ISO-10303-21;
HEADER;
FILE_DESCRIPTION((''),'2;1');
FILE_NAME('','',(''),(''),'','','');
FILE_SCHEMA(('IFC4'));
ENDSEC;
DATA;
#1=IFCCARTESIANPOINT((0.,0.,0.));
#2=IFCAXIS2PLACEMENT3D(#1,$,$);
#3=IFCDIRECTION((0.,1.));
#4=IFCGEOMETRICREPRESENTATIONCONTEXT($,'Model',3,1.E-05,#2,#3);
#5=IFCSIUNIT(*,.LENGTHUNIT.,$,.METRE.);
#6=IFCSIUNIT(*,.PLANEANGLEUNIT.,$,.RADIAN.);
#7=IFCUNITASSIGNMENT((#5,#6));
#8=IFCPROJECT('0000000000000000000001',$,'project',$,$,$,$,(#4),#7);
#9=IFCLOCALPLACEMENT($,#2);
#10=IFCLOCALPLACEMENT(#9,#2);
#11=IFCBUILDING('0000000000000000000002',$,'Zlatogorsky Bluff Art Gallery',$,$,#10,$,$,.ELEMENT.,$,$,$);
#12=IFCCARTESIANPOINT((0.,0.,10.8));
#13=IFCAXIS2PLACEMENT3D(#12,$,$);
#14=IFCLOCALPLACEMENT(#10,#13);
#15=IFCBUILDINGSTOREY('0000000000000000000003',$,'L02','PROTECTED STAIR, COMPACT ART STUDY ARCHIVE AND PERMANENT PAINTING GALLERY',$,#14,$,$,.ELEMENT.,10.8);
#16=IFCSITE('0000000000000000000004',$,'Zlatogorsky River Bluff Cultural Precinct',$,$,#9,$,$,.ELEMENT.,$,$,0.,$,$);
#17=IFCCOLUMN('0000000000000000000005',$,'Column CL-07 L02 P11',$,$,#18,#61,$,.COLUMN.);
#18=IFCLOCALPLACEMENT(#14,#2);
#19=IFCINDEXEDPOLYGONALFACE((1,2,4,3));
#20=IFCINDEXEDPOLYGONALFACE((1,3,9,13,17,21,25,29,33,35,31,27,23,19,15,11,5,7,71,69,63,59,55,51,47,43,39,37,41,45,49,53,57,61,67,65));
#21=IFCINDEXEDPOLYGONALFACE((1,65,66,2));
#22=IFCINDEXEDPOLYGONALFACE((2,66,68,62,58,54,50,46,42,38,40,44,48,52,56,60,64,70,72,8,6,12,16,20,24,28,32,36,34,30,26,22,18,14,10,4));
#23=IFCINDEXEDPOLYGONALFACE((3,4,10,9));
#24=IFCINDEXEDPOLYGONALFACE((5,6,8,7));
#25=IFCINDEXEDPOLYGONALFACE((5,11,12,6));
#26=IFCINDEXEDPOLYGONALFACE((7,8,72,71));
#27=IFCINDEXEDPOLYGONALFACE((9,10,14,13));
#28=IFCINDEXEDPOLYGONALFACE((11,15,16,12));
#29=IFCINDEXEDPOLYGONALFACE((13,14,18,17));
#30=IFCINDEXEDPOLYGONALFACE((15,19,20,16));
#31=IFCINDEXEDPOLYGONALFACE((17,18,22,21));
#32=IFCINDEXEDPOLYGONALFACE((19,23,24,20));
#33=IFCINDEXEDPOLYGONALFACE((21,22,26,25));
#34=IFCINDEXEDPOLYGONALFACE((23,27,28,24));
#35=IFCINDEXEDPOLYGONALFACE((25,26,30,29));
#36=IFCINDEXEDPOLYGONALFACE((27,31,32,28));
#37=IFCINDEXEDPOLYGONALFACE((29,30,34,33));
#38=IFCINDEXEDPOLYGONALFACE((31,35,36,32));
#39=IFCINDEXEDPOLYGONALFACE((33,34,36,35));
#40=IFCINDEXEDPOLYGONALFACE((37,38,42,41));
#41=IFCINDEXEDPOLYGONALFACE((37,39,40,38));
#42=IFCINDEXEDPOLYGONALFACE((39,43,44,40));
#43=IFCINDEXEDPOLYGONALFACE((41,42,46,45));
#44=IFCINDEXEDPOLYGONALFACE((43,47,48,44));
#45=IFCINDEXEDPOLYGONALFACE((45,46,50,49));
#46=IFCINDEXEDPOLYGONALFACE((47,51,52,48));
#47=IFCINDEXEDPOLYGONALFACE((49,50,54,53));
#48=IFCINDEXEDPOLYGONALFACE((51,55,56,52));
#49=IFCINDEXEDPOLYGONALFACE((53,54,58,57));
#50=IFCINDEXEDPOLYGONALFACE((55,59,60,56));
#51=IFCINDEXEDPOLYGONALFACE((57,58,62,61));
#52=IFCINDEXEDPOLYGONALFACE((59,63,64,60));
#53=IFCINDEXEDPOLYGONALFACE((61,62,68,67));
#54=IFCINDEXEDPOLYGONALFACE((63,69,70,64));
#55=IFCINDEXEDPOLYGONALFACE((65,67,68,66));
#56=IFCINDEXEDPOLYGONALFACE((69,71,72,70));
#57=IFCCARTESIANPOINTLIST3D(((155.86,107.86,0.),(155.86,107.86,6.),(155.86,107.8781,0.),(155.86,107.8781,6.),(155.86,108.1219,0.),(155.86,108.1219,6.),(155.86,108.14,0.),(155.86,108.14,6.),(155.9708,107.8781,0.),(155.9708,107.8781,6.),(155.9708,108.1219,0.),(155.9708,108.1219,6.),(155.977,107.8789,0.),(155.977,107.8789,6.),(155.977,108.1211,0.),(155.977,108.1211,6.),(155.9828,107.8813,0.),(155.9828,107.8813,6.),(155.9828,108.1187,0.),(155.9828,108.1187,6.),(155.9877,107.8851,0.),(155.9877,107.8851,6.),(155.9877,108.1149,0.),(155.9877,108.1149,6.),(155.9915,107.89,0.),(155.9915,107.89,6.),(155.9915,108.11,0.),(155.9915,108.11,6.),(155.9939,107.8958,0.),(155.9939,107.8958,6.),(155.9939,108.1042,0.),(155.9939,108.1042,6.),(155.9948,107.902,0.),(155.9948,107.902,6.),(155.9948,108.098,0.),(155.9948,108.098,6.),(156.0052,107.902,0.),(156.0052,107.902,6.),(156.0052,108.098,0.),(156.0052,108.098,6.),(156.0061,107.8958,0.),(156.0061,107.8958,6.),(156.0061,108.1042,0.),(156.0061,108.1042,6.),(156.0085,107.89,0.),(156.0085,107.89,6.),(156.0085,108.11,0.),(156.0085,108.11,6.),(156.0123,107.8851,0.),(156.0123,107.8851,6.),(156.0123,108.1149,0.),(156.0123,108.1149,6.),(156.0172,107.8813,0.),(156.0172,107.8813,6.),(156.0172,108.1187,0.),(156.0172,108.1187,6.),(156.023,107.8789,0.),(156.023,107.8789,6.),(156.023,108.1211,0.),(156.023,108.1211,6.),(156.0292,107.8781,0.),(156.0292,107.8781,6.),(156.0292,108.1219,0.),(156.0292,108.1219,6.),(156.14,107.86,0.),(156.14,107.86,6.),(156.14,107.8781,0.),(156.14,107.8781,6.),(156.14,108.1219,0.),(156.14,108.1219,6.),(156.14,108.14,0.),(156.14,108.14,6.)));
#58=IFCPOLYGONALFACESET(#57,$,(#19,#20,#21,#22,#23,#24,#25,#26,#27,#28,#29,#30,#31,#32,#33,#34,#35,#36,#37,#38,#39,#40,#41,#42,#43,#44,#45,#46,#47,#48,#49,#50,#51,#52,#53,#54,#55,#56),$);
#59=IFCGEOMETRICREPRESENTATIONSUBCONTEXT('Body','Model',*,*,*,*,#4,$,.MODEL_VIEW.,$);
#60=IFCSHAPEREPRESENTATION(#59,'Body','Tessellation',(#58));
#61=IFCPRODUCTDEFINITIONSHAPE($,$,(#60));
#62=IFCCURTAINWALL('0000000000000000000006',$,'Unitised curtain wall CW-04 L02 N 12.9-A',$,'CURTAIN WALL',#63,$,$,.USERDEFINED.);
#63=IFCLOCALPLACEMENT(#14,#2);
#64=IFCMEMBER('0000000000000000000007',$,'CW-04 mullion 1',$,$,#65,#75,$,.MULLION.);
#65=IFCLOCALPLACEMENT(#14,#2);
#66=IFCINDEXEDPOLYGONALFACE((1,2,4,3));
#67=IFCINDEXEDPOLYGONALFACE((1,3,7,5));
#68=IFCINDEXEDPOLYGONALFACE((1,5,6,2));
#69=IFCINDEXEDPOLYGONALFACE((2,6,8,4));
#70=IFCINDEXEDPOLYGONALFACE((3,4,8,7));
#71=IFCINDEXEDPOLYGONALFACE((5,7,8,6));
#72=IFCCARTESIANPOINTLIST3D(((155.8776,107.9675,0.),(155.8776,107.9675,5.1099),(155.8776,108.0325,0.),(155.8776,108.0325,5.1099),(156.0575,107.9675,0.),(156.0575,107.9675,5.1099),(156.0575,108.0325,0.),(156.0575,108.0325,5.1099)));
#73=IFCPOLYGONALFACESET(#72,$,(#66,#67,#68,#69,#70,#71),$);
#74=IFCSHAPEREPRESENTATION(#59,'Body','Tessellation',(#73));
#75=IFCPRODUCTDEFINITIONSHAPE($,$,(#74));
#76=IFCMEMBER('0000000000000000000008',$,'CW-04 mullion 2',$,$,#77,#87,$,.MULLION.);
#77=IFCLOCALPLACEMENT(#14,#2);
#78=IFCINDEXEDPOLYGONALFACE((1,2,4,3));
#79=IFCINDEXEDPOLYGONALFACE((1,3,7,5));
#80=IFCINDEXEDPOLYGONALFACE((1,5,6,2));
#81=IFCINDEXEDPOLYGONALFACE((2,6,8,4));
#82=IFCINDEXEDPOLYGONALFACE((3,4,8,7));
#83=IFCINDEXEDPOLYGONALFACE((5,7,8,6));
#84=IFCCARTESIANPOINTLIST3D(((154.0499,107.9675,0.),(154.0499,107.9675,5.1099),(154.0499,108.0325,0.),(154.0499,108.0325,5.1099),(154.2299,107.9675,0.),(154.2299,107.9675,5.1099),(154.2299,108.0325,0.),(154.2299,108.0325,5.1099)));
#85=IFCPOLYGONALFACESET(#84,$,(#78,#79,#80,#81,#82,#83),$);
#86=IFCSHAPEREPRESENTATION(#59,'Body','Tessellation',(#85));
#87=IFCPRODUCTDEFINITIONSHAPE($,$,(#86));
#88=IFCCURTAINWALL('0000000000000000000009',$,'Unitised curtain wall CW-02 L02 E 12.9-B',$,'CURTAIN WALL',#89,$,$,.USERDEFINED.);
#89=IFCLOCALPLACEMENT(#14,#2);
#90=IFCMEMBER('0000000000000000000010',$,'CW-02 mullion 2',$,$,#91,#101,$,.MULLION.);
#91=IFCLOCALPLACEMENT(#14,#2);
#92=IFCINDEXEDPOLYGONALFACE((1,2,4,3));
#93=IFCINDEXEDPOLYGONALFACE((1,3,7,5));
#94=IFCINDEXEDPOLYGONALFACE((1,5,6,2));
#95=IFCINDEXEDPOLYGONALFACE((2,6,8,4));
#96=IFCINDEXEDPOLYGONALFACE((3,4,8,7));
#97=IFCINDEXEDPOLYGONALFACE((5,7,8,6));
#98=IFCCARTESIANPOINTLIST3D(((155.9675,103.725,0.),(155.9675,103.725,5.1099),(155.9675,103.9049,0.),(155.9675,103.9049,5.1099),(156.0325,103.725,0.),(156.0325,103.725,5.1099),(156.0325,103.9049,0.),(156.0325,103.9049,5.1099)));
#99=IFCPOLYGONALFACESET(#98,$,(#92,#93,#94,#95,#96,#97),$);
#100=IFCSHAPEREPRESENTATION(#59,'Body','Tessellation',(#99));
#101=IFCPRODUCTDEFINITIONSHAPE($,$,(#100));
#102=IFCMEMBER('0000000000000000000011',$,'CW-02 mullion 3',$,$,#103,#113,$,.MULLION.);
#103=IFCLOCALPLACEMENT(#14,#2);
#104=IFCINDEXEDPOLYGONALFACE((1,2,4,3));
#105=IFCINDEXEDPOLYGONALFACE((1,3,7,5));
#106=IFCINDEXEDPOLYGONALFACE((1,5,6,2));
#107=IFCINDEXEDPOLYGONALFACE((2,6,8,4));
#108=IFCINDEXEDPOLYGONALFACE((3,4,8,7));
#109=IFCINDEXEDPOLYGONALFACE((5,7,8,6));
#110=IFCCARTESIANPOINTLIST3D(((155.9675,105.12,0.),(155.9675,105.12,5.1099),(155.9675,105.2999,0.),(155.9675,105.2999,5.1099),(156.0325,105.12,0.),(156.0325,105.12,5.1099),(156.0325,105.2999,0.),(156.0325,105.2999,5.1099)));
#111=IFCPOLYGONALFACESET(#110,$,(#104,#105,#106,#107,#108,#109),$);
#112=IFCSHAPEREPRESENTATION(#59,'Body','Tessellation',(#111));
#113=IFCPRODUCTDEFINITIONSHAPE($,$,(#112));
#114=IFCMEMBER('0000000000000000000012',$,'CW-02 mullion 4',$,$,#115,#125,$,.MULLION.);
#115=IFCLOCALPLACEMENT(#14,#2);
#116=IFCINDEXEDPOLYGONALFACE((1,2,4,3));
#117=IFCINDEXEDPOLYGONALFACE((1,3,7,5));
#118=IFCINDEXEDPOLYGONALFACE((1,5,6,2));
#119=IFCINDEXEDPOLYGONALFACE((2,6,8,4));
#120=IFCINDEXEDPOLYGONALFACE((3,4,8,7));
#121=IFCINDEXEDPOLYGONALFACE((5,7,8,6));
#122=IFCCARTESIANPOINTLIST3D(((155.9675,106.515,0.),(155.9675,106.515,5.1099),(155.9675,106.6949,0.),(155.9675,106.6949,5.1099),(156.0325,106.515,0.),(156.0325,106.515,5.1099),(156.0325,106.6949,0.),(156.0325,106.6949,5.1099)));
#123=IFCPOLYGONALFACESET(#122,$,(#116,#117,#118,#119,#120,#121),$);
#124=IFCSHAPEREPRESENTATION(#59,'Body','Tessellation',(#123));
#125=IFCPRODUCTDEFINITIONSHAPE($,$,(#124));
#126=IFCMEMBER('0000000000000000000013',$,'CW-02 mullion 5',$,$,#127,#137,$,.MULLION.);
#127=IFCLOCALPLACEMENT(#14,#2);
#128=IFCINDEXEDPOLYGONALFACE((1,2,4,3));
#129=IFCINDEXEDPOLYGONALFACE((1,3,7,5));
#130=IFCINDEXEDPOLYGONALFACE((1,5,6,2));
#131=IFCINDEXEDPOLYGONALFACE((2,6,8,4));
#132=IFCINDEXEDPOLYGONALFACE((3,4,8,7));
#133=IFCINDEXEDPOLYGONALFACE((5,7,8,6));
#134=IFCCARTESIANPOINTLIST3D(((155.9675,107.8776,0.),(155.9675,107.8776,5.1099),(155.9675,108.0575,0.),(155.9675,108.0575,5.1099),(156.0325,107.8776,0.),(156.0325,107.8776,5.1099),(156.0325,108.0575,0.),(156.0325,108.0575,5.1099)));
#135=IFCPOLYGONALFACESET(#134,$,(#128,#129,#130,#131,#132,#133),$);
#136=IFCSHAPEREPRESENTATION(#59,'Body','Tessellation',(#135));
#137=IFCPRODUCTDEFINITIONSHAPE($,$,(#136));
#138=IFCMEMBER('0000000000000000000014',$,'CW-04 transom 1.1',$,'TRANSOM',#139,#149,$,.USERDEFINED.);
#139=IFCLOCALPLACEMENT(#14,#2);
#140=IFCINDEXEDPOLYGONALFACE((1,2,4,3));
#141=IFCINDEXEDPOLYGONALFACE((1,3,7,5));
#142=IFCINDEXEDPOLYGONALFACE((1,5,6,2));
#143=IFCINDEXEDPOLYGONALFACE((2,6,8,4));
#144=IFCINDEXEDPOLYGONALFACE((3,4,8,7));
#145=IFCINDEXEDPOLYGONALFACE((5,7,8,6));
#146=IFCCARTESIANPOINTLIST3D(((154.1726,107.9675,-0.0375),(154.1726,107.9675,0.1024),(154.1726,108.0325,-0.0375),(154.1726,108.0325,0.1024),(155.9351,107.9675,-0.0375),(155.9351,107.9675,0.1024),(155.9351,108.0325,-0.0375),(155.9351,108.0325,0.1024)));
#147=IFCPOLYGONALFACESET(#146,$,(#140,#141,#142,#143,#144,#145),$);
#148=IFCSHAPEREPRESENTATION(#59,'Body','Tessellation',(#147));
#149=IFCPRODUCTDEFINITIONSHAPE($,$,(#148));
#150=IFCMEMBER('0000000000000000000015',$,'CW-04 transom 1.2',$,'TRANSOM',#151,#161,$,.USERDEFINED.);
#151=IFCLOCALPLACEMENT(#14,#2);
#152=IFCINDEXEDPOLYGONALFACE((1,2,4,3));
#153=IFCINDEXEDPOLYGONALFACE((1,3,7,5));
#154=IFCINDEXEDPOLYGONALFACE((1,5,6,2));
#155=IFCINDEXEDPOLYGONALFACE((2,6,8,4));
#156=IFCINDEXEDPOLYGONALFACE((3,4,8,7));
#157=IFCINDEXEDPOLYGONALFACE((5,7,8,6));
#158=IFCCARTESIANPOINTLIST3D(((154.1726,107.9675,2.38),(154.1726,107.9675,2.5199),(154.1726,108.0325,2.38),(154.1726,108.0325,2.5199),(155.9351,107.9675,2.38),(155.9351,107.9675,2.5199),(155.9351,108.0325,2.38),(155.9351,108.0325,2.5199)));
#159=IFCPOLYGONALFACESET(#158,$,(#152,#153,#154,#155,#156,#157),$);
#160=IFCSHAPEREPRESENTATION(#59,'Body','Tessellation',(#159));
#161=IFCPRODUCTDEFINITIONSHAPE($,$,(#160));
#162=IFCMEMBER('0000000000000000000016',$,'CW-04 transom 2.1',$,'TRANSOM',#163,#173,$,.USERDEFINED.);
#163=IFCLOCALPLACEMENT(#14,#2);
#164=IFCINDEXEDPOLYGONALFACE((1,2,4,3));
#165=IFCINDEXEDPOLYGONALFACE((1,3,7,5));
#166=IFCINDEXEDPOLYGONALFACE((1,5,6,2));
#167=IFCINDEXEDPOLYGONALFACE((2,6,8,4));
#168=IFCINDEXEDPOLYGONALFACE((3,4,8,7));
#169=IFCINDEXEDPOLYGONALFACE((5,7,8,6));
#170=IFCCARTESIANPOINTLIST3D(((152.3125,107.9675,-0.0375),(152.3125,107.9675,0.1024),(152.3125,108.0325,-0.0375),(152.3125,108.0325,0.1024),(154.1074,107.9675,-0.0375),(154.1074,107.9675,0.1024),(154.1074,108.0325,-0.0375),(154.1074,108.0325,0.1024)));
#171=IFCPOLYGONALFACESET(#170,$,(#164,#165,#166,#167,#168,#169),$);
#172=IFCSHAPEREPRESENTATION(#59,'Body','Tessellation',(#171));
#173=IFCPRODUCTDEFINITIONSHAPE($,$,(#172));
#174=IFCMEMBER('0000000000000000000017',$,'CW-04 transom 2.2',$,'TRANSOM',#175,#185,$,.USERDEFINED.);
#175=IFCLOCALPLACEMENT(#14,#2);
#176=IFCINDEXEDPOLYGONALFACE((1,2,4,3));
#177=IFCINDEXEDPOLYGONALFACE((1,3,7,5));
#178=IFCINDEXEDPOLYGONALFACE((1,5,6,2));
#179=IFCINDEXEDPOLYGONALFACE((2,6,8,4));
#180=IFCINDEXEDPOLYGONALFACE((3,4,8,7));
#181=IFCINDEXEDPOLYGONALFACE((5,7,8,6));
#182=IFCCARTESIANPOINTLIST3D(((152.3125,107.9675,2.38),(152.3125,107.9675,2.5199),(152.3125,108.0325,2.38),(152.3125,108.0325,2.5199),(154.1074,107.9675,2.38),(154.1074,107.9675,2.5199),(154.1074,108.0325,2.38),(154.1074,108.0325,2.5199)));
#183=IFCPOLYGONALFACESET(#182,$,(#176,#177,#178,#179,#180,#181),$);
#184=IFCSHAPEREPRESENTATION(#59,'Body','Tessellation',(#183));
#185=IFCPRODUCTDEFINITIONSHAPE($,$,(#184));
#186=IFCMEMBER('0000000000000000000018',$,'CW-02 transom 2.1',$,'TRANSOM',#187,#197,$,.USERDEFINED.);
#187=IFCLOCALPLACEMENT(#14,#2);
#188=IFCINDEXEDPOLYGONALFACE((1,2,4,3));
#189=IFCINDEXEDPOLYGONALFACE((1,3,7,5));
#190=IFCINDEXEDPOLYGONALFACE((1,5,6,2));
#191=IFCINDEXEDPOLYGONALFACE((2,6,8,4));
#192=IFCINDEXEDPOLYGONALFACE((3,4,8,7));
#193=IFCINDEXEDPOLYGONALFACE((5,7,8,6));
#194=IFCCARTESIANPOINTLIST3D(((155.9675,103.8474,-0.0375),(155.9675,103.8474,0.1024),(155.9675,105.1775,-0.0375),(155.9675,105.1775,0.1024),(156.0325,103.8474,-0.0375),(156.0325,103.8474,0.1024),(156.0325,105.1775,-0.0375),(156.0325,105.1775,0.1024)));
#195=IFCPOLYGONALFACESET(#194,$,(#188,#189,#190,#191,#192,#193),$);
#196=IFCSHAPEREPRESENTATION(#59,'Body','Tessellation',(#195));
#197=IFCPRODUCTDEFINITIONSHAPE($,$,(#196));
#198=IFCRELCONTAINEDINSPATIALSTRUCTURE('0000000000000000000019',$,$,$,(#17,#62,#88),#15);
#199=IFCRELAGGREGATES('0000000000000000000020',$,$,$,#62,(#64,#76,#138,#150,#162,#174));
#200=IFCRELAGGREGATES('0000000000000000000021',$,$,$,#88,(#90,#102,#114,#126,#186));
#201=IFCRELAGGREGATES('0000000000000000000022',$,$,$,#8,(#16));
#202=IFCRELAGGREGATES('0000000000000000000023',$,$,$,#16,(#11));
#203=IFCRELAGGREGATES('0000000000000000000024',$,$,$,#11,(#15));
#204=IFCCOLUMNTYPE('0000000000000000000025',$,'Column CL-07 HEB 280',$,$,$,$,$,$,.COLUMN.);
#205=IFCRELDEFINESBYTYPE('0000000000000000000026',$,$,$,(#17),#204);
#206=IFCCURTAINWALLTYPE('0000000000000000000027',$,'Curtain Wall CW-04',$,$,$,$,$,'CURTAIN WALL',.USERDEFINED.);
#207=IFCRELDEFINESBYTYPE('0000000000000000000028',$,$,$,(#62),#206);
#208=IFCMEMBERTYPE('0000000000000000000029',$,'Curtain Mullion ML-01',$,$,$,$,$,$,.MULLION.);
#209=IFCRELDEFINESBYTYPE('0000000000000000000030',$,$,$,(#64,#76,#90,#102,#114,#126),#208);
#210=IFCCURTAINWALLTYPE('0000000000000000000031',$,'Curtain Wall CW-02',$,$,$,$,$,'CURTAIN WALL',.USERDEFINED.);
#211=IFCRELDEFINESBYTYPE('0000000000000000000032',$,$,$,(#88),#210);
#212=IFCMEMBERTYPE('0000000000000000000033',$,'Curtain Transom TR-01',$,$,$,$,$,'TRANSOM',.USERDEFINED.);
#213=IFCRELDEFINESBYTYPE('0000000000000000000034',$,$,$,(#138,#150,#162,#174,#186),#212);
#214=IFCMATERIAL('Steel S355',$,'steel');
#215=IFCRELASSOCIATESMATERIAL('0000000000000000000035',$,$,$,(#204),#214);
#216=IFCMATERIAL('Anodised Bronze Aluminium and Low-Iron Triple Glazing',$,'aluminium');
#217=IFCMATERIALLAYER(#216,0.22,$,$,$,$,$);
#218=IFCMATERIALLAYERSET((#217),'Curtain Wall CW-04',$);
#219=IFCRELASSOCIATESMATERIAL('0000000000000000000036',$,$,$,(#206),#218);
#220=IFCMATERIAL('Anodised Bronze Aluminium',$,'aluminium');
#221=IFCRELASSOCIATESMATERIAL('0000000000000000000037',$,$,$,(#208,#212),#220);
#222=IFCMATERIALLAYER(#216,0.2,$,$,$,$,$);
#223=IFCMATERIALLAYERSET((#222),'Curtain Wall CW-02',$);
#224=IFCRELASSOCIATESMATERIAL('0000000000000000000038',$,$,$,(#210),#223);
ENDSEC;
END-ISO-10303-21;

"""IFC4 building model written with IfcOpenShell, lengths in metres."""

from ifc_helpers import new_model, si_unit, direction, frame, origin, origin_2d, place, context, subcontext, project, spatial, rectangle, i_section, extrude, material, layer, layer_set, material_profile, profile_set, type_object, element, aggregate, save


model = new_model("IFC4")

# Units and contexts
model_context = context("Model", 3, precision=1e-05, world=origin(), true_north=direction((0.0, 1.0)))
body_context = subcontext(model_context, "Body", "Model", "MODEL_VIEW")
ifc_project = project(units=[si_unit("LENGTHUNIT", "METRE"), si_unit("PLANEANGLEUNIT", "RADIAN")], contexts=[model_context])

# Site, building, storey
site_placement = place(None, origin())
site = spatial("IfcSite", under=ifc_project, at=site_placement, Name="Zlatogorsky River Bluff Cultural Precinct", CompositionType="ELEMENT", RefElevation=0.0)
building_placement = place(site_placement, origin())
building = spatial("IfcBuilding", under=site, at=building_placement, Name="Zlatogorsky Bluff Art Gallery", CompositionType="ELEMENT")
storey_placement = place(building_placement, frame((0.0, 0.0, 10.8)))
storey = spatial("IfcBuildingStorey", under=building, at=storey_placement, Name="L02", Description="PROTECTED STAIR, COMPACT ART STUDY ARCHIVE AND PERMANENT PAINTING GALLERY", CompositionType="ELEMENT", Elevation=10.8)

# Column
ifc_material_1 = material(Name="Steel S355", Category="steel")
ifc_material_profile_1 = material_profile(ifc_material_1, i_section(OverallWidth=0.28, OverallDepth=0.28, WebThickness=0.0105, FlangeThickness=0.0181, FilletRadius=0.0239, at=origin_2d()), Name="HEB 280")
ifc_profile_set_1 = profile_set([ifc_material_profile_1], Name="Steel S355")
column_type = type_object("IfcColumnType", Name="Column CL-07 HEB 280", PredefinedType="COLUMN", material=ifc_profile_set_1)
column_placement = place(storey_placement, frame((156.0, 108.0, 0.0), z_axis=(0.0, 0.0, 1.0), x_axis=(1.0, 0.0, 0.0)))
element("IfcColumn", 1, at=column_placement, inside=storey, type_object=column_type, Name="Column CL-07 L02 P11", PredefinedType="COLUMN", context=body_context, shape_type="SweptSolid", body=[
    extrude(i_section(OverallWidth=0.28, OverallDepth=0.28, WebThickness=0.0105, FlangeThickness=0.0181, FilletRadius=0.0239, at=origin_2d()), origin(), (0.0, 0.0, 1.0), 6.0),
])

# Curtain walls, members
ifc_material_2 = material(Name="Anodised Bronze Aluminium and Low-Iron Triple Glazing", Category="aluminium")
ifc_layer_1 = layer(ifc_material_2, 0.22)
ifc_layer_set_1 = layer_set([ifc_layer_1], Name="Curtain Wall CW-04")
curtain_wall_type_1 = type_object("IfcCurtainWallType", Name="Curtain Wall CW-04", ElementType="CURTAIN WALL", PredefinedType="USERDEFINED", material=ifc_layer_set_1)
curtain_wall_1_placement = place(storey_placement, origin())
curtain_wall_1 = element("IfcCurtainWall", 2, at=curtain_wall_1_placement, inside=storey, type_object=curtain_wall_type_1, Name="Unitised curtain wall CW-04 L02 N 12.9-A", ObjectType="CURTAIN WALL", PredefinedType="USERDEFINED")
ifc_material_3 = material(Name="Anodised Bronze Aluminium", Category="aluminium")
ifc_material_profile_2 = material_profile(ifc_material_3, rectangle(XDim=0.0649, YDim=0.1799, at=origin_2d()), Name="ALU MULLION 65x180")
ifc_profile_set_2 = profile_set([ifc_material_profile_2], Name="Anodised Bronze Aluminium")
member_type_1 = type_object("IfcMemberType", Name="Curtain Mullion ML-01", PredefinedType="MULLION", material=ifc_profile_set_2)
member_1_placement = place(storey_placement, frame((155.9675, 108.0, 0.0), z_axis=(0.0, 0.0, 1.0), x_axis=(0.0, -1.0, 0.0)))
member_1 = element("IfcMember", 3, at=member_1_placement, type_object=member_type_1, Name="CW-04 mullion 1", PredefinedType="MULLION", context=body_context, shape_type="SweptSolid", body=[
    extrude(rectangle(XDim=0.0649, YDim=0.1799, at=origin_2d()), origin(), (0.0, 0.0, 1.0), 5.1099),
])
member_2_placement = place(storey_placement, frame((154.1399, 108.0, 0.0), z_axis=(0.0, 0.0, 1.0), x_axis=(0.0, -1.0, 0.0)))
member_2 = element("IfcMember", 4, at=member_2_placement, type_object=member_type_1, Name="CW-04 mullion 2", PredefinedType="MULLION", context=body_context, shape_type="SweptSolid", body=[
    extrude(rectangle(XDim=0.0649, YDim=0.1799, at=origin_2d()), origin(), (0.0, 0.0, 1.0), 5.1099),
])
ifc_layer_2 = layer(ifc_material_2, 0.2)
ifc_layer_set_2 = layer_set([ifc_layer_2], Name="Curtain Wall CW-02")
curtain_wall_type_2 = type_object("IfcCurtainWallType", Name="Curtain Wall CW-02", ElementType="CURTAIN WALL", PredefinedType="USERDEFINED", material=ifc_layer_set_2)
curtain_wall_2_placement = place(storey_placement, origin())
curtain_wall_2 = element("IfcCurtainWall", 5, at=curtain_wall_2_placement, inside=storey, type_object=curtain_wall_type_2, Name="Unitised curtain wall CW-02 L02 E 12.9-B", ObjectType="CURTAIN WALL", PredefinedType="USERDEFINED")
member_3_placement = place(storey_placement, frame((156.0, 103.8149, 0.0), z_axis=(0.0, 0.0, 1.0), x_axis=(-1.0, 0.0, 0.0)))
member_3 = element("IfcMember", 6, at=member_3_placement, type_object=member_type_1, Name="CW-02 mullion 2", PredefinedType="MULLION", context=body_context, shape_type="SweptSolid", body=[
    extrude(rectangle(XDim=0.0649, YDim=0.1799, at=origin_2d()), origin(), (0.0, 0.0, 1.0), 5.1099),
])
member_4_placement = place(storey_placement, frame((156.0, 105.21, 0.0), z_axis=(0.0, 0.0, 1.0), x_axis=(-1.0, 0.0, 0.0)))
member_4 = element("IfcMember", 7, at=member_4_placement, type_object=member_type_1, Name="CW-02 mullion 3", PredefinedType="MULLION", context=body_context, shape_type="SweptSolid", body=[
    extrude(rectangle(XDim=0.0649, YDim=0.1799, at=origin_2d()), origin(), (0.0, 0.0, 1.0), 5.1099),
])
member_5_placement = place(storey_placement, frame((156.0, 106.605, 0.0), z_axis=(0.0, 0.0, 1.0), x_axis=(-1.0, 0.0, 0.0)))
member_5 = element("IfcMember", 8, at=member_5_placement, type_object=member_type_1, Name="CW-02 mullion 4", PredefinedType="MULLION", context=body_context, shape_type="SweptSolid", body=[
    extrude(rectangle(XDim=0.0649, YDim=0.1799, at=origin_2d()), origin(), (0.0, 0.0, 1.0), 5.1099),
])
member_6_placement = place(storey_placement, frame((156.0, 107.9675, 0.0), z_axis=(0.0, 0.0, 1.0), x_axis=(-1.0, 0.0, 0.0)))
member_6 = element("IfcMember", 9, at=member_6_placement, type_object=member_type_1, Name="CW-02 mullion 5", PredefinedType="MULLION", context=body_context, shape_type="SweptSolid", body=[
    extrude(rectangle(XDim=0.0649, YDim=0.1799, at=origin_2d()), origin(), (0.0, 0.0, 1.0), 5.1099),
])

# Members
ifc_material_profile_3 = material_profile(ifc_material_3, rectangle(XDim=0.0649, YDim=0.1399, at=origin_2d()), Name="ALU TRANSOM 65x140")
ifc_profile_set_3 = profile_set([ifc_material_profile_3], Name="Anodised Bronze Aluminium")
member_type_2 = type_object("IfcMemberType", Name="Curtain Transom TR-01", ElementType="TRANSOM", PredefinedType="USERDEFINED", material=ifc_profile_set_3)
member_7_placement = place(storey_placement, frame((155.9351, 108.0, 0.0325), z_axis=(-1.0, 0.0, 0.0), x_axis=(0.0, -1.0, 0.0)))
member_7 = element("IfcMember", 10, at=member_7_placement, type_object=member_type_2, Name="CW-04 transom 1.1", ObjectType="TRANSOM", PredefinedType="USERDEFINED", context=body_context, shape_type="SweptSolid", body=[
    extrude(rectangle(XDim=0.0649, YDim=0.1399, at=origin_2d()), origin(), (0.0, 0.0, 1.0), 1.7625),
])
member_8_placement = place(storey_placement, frame((155.9351, 108.0, 2.45), z_axis=(-1.0, 0.0, 0.0), x_axis=(0.0, -1.0, 0.0)))
member_8 = element("IfcMember", 11, at=member_8_placement, type_object=member_type_2, Name="CW-04 transom 1.2", ObjectType="TRANSOM", PredefinedType="USERDEFINED", context=body_context, shape_type="SweptSolid", body=[
    extrude(rectangle(XDim=0.0649, YDim=0.1399, at=origin_2d()), origin(), (0.0, 0.0, 1.0), 1.7625),
])
member_9_placement = place(storey_placement, frame((154.1074, 108.0, 0.0325), z_axis=(-1.0, 0.0, 0.0), x_axis=(0.0, -1.0, 0.0)))
member_9 = element("IfcMember", 12, at=member_9_placement, type_object=member_type_2, Name="CW-04 transom 2.1", ObjectType="TRANSOM", PredefinedType="USERDEFINED", context=body_context, shape_type="SweptSolid", body=[
    extrude(rectangle(XDim=0.0649, YDim=0.1399, at=origin_2d()), origin(), (0.0, 0.0, 1.0), 1.7949),
])
member_10_placement = place(storey_placement, frame((154.1074, 108.0, 2.45), z_axis=(-1.0, 0.0, 0.0), x_axis=(0.0, -1.0, 0.0)))
member_10 = element("IfcMember", 13, at=member_10_placement, type_object=member_type_2, Name="CW-04 transom 2.2", ObjectType="TRANSOM", PredefinedType="USERDEFINED", context=body_context, shape_type="SweptSolid", body=[
    extrude(rectangle(XDim=0.0649, YDim=0.1399, at=origin_2d()), origin(), (0.0, 0.0, 1.0), 1.7949),
])
member_11_placement = place(storey_placement, frame((156.0, 103.8474, 0.0325), z_axis=(0.0, 1.0, 0.0), x_axis=(-1.0, 0.0, 0.0)))
member_11 = element("IfcMember", 14, at=member_11_placement, type_object=member_type_2, Name="CW-02 transom 2.1", ObjectType="TRANSOM", PredefinedType="USERDEFINED", context=body_context, shape_type="SweptSolid", body=[
    extrude(rectangle(XDim=0.0649, YDim=0.1399, at=origin_2d()), origin(), (0.0, 0.0, 1.0), 1.3301),
])

aggregate(curtain_wall_1, [member_1, member_2, member_7, member_8, member_9, member_10])
aggregate(curtain_wall_2, [member_3, member_4, member_5, member_6, member_11])

save(model, "model.ifc")
